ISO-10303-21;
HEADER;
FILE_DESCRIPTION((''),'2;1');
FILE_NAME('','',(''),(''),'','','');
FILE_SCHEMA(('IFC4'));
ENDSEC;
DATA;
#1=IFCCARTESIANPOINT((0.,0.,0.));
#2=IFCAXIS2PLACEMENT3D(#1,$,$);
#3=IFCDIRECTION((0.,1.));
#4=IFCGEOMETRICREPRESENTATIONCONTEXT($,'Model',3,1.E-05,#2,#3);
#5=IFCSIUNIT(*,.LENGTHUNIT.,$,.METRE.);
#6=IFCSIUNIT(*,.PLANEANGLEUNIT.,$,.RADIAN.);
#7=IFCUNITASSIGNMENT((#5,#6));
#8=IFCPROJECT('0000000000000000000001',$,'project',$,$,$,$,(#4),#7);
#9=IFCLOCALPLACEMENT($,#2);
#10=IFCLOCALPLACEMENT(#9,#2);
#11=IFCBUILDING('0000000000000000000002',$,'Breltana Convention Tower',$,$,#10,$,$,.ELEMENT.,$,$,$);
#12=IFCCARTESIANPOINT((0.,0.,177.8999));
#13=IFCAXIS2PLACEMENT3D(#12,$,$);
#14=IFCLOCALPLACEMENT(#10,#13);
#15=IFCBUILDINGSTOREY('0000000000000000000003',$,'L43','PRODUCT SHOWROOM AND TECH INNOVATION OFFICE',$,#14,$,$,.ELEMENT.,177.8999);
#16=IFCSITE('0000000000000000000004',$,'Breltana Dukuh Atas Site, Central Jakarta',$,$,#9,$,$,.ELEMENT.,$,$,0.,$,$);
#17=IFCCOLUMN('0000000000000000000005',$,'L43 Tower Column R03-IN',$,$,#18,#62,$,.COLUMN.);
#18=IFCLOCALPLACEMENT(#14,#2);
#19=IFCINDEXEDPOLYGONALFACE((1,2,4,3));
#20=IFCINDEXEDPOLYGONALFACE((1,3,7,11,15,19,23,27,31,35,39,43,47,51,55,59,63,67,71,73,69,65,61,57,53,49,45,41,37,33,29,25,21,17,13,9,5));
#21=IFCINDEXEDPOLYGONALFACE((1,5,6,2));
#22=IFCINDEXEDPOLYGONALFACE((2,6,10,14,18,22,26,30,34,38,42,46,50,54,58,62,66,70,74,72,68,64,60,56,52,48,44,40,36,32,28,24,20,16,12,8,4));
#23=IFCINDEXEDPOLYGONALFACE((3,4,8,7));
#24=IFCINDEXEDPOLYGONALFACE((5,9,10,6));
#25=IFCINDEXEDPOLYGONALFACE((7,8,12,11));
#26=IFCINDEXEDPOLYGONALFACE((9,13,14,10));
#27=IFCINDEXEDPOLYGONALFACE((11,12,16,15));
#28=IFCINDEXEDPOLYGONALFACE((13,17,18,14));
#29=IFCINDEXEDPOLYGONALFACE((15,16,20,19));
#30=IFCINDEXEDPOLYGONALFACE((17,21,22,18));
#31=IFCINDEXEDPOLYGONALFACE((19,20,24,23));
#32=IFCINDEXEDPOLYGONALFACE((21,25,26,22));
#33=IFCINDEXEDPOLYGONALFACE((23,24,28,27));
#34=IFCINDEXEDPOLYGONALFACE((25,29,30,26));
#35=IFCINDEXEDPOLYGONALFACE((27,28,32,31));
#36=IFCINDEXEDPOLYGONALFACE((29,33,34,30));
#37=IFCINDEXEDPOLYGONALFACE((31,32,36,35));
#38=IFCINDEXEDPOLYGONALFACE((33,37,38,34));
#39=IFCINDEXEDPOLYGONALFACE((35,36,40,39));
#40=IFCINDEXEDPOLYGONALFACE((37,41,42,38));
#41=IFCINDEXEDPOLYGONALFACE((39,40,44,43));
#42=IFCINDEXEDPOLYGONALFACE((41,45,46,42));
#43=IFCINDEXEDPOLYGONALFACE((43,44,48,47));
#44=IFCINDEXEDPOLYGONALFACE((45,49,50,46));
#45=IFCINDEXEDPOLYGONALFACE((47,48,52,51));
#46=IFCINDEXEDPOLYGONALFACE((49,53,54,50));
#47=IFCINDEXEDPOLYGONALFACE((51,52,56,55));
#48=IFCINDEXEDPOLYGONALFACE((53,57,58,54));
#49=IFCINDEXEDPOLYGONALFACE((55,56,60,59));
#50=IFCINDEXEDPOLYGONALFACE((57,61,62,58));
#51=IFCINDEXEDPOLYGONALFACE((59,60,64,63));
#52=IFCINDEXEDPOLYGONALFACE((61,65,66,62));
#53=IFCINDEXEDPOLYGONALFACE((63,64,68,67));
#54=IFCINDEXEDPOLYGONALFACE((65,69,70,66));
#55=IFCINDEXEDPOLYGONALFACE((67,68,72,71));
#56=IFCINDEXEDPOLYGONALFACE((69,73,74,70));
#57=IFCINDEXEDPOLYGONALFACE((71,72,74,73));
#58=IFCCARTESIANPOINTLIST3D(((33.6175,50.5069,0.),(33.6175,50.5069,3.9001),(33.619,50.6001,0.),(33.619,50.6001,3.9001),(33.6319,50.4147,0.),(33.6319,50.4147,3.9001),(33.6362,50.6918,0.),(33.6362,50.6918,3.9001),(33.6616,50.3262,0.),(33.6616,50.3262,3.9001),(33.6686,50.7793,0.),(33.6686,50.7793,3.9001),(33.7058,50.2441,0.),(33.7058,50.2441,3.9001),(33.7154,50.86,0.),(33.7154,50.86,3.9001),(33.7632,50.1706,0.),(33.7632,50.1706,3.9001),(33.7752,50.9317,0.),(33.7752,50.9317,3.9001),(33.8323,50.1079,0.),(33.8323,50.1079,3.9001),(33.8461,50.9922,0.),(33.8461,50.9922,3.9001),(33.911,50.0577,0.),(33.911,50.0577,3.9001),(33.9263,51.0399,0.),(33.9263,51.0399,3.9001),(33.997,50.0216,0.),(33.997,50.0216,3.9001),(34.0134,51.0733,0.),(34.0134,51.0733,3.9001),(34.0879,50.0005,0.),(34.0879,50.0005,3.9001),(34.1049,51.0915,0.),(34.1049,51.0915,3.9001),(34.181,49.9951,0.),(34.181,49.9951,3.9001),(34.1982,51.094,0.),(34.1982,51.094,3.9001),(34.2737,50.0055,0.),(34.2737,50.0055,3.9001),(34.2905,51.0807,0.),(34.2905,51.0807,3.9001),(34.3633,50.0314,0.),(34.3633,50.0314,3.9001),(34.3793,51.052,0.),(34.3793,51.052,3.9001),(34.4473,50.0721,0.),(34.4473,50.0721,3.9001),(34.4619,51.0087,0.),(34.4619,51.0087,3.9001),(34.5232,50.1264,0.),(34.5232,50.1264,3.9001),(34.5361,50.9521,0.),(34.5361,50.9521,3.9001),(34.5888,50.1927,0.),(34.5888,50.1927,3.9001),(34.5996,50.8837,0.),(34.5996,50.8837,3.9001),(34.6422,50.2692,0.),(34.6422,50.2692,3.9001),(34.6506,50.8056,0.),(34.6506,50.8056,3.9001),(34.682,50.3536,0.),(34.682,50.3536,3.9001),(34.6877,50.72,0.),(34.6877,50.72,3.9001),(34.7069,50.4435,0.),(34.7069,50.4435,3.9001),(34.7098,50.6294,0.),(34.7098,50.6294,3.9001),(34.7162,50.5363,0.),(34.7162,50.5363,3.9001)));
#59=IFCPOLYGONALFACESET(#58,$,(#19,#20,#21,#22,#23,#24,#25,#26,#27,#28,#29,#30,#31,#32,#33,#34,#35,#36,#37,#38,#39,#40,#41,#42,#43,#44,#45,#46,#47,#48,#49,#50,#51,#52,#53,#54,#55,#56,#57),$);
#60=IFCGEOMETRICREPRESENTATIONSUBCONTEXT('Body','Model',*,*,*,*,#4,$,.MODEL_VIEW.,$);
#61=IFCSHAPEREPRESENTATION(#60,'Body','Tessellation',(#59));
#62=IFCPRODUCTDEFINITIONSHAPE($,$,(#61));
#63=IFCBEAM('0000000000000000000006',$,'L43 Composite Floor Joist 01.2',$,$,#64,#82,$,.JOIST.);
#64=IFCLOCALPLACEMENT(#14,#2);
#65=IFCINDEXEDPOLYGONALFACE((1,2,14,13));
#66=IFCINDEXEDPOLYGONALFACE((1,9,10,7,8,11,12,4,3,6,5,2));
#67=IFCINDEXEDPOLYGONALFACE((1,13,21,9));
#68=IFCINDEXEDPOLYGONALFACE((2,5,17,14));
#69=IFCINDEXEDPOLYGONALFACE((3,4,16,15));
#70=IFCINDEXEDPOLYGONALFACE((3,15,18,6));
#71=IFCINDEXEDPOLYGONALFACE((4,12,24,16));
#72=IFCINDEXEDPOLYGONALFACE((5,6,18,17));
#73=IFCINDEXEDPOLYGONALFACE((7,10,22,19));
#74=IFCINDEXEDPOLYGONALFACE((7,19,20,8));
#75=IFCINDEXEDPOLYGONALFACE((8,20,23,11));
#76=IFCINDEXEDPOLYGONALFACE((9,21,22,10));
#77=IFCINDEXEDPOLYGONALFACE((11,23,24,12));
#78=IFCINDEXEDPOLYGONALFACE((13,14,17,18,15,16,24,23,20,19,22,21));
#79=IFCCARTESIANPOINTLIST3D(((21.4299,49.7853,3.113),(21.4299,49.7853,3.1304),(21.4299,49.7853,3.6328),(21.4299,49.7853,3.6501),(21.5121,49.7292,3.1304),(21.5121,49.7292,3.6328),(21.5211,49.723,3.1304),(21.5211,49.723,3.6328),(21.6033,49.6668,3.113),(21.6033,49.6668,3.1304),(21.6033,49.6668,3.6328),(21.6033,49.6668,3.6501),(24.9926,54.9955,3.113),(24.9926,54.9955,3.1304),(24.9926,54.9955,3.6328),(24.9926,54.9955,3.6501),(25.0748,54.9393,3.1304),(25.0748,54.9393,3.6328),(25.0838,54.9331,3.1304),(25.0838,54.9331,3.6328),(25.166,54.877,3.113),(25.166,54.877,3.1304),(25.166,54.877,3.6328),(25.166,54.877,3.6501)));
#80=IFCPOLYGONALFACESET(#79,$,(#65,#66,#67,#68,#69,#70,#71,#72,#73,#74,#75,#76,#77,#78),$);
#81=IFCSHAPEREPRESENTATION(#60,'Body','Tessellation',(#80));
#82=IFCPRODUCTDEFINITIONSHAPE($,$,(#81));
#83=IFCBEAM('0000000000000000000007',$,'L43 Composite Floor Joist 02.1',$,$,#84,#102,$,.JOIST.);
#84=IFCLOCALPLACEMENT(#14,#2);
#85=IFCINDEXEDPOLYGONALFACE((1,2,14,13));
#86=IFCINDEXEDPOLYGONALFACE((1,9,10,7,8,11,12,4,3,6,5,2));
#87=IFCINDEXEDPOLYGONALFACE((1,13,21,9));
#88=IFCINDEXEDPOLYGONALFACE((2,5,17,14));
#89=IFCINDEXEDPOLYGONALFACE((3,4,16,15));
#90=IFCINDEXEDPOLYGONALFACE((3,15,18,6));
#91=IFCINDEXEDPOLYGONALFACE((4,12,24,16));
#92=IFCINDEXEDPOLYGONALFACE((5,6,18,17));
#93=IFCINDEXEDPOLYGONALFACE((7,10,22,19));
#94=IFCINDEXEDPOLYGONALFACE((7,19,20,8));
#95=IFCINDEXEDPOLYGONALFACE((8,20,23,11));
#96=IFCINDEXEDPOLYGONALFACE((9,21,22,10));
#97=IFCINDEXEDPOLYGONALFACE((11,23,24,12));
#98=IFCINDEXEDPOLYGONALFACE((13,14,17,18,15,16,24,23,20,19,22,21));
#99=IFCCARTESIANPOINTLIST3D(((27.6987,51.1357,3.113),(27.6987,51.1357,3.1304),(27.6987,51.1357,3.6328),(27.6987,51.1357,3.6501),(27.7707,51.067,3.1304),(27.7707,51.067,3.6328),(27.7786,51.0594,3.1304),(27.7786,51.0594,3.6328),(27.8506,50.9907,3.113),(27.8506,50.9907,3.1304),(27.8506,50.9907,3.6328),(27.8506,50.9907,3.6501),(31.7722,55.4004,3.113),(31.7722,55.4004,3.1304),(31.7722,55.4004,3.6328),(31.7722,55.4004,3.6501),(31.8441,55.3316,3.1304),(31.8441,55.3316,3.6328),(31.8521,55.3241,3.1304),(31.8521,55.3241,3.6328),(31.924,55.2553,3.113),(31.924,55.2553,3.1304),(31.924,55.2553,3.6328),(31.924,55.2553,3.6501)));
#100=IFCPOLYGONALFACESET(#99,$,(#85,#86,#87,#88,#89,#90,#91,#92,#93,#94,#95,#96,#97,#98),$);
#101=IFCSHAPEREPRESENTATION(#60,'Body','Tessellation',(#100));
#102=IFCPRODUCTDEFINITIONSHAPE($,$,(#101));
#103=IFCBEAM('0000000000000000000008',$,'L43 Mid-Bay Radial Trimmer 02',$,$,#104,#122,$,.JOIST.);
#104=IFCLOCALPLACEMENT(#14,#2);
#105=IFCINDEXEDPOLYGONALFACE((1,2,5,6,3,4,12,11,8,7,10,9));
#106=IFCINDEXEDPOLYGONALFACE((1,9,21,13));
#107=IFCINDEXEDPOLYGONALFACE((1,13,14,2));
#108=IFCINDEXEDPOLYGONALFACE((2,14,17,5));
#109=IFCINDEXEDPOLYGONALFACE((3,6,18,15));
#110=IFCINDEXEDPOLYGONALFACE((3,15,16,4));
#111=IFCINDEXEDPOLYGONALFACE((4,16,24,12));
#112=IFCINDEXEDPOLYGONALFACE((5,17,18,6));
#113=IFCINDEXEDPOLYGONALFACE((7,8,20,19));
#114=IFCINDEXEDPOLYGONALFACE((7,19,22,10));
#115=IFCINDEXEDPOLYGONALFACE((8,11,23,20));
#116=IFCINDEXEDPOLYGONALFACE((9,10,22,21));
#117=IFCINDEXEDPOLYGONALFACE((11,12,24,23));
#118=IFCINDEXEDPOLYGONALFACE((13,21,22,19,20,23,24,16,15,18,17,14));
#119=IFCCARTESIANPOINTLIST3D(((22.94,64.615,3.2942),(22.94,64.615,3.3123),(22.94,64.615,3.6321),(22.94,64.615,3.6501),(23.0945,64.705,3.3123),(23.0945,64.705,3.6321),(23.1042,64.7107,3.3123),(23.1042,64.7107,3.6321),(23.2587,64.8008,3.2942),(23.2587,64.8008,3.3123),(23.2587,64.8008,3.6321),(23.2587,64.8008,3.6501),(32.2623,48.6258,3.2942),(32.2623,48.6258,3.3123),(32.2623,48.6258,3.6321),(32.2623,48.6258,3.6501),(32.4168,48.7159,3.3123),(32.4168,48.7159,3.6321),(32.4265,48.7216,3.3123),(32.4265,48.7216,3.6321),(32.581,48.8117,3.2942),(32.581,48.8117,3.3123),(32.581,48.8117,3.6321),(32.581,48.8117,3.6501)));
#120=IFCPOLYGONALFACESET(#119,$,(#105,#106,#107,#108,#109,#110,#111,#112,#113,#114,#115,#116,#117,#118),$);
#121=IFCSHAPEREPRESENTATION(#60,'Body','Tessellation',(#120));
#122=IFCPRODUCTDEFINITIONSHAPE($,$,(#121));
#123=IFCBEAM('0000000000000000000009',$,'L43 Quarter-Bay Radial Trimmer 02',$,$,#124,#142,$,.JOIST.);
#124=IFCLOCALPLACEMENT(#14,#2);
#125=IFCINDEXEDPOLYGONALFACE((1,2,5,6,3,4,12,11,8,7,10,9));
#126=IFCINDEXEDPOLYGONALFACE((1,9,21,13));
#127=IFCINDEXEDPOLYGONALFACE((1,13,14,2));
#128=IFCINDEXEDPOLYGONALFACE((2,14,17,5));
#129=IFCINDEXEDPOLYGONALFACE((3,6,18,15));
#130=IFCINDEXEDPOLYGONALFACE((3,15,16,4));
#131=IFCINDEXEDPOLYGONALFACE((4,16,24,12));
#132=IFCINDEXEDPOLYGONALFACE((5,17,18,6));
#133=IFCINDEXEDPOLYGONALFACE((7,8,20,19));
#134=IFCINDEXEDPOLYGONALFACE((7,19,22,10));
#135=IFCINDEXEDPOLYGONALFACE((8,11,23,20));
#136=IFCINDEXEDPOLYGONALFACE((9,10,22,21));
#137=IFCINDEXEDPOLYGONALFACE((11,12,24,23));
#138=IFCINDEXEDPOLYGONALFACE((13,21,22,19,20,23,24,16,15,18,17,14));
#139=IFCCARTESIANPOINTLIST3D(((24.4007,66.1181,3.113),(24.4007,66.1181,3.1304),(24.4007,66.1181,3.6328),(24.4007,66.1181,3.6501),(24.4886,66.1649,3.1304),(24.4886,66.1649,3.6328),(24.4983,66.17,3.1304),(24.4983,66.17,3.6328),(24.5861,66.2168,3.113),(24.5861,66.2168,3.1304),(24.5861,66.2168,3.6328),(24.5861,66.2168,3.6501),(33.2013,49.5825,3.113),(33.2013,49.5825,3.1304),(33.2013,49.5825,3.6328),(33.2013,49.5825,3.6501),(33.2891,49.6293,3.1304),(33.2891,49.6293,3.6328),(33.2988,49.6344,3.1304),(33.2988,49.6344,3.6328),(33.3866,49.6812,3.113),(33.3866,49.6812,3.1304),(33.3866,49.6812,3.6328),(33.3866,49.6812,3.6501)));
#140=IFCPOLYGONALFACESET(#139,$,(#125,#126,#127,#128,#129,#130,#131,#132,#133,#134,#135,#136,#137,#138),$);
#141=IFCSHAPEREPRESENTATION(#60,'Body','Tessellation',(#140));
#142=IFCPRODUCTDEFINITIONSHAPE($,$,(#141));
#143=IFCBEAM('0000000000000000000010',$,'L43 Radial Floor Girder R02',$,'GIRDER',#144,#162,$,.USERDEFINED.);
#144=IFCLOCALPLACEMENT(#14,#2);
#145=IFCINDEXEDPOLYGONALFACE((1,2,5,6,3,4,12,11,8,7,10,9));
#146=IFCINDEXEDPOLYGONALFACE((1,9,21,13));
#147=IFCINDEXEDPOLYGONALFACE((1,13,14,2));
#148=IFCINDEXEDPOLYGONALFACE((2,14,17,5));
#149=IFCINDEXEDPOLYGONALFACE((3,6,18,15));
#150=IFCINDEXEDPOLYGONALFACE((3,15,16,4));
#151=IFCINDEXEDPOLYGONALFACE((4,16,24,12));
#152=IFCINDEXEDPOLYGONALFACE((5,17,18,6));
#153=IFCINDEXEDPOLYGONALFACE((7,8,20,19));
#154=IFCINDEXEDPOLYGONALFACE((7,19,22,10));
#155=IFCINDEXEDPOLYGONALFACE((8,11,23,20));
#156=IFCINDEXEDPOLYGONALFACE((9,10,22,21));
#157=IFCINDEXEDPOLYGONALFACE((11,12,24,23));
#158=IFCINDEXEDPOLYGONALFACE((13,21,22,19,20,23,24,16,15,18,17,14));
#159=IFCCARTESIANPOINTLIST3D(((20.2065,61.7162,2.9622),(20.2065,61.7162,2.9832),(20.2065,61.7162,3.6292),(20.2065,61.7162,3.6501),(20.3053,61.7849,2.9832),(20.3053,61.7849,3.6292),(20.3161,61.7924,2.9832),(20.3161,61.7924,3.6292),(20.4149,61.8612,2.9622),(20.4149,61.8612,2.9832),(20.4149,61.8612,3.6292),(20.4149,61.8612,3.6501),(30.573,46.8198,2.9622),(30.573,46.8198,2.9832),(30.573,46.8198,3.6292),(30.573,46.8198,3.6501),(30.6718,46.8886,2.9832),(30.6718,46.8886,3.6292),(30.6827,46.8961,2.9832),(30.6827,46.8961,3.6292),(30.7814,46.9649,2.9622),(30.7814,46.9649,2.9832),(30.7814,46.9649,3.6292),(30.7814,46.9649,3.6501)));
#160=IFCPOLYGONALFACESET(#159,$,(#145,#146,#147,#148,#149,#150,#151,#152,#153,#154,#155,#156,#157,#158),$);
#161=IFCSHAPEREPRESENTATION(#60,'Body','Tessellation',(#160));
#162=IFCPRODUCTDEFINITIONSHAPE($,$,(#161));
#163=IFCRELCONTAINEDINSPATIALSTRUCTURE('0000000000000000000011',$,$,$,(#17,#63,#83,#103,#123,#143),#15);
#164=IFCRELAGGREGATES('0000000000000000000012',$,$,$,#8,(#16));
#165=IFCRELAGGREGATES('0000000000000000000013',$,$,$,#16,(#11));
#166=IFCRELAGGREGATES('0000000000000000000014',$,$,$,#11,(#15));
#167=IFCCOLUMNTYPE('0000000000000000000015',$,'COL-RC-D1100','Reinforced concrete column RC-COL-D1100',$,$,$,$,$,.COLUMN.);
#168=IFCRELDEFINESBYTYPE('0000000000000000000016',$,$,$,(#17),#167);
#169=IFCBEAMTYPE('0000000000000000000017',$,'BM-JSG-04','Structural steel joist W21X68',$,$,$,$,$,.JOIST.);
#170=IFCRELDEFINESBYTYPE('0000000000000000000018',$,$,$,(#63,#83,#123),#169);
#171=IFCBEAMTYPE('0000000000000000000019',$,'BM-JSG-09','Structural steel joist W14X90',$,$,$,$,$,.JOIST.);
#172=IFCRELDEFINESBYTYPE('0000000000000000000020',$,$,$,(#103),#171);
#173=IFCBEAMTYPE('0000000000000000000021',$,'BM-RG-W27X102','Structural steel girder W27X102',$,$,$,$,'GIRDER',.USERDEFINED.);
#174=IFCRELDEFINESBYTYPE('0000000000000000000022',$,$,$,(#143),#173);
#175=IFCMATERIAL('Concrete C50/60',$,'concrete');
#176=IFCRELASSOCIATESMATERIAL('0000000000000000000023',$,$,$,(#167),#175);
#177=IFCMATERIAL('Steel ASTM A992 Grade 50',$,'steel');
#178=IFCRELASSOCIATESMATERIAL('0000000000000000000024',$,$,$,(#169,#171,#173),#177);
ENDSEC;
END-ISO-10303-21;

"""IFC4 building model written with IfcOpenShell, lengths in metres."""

from ifc_helpers import new_model, si_unit, direction, frame, origin, origin_2d, place, context, subcontext, project, spatial, circle, i_section, extrude, source, transform, mapped, material, material_profile, profile_set, type_object, element, save


model = new_model("IFC4")

# Units and contexts
model_context = context("Model", 3, precision=1e-05, world=origin(), true_north=direction((0.0, 1.0)))
body_context = subcontext(model_context, "Body", "Model", "MODEL_VIEW")
ifc_project = project(units=[si_unit("LENGTHUNIT", "METRE"), si_unit("PLANEANGLEUNIT", "RADIAN")], contexts=[model_context])

# Site, building, storey
site_placement = place(None, origin())
site = spatial("IfcSite", under=ifc_project, at=site_placement, Name="Breltana Dukuh Atas Site, Central Jakarta", CompositionType="ELEMENT", RefElevation=0.0)
building_placement = place(site_placement, origin())
building = spatial("IfcBuilding", under=site, at=building_placement, Name="Breltana Convention Tower", CompositionType="ELEMENT")
storey_placement = place(building_placement, frame((0.0, 0.0, 177.8999)))
storey = spatial("IfcBuildingStorey", under=building, at=storey_placement, Name="L43", Description="PRODUCT SHOWROOM AND TECH INNOVATION OFFICE", CompositionType="ELEMENT", Elevation=177.8999)

# Column
ifc_material_1 = material(Name="Concrete C50/60", Category="concrete")
ifc_material_profile_1 = material_profile(ifc_material_1, circle(Radius=0.55, at=origin_2d()), Name="RC-COL-D1100")
ifc_profile_set_1 = profile_set([ifc_material_profile_1], Name="Concrete C50/60")
column_type = type_object("IfcColumnType", Name="COL-RC-D1100", Description="Reinforced concrete column RC-COL-D1100", PredefinedType="COLUMN", material=ifc_profile_set_1)
shared_shape_1 = source(origin(), body_context, "Body", "SweptSolid", [
    extrude(circle(Radius=0.55, at=origin_2d()), origin(), (0.0, 0.0, 1.0), 3.9001),
])
for number, where, z_axis, x_axis, name in (
    (1, (34.1663, 50.5449, 0.0), (0.0, 0.0, 1.0), (-0.436174, 0.899863, 0.0), "L43 Tower Column R03-IN"),
):
    element("IfcColumn", number, at=place(storey_placement, frame(where, z_axis=z_axis, x_axis=x_axis)), inside=storey, type_object=column_type, Name=name, PredefinedType="COLUMN", context=body_context, shape_type="MappedRepresentation", body=[
        mapped(shared_shape_1, transform((0.0, 0.0, 0.0), scale=1.0)),
    ])

# Beams
ifc_material_2 = material(Name="Steel ASTM A992 Grade 50", Category="steel")
ifc_material_profile_2 = material_profile(ifc_material_2, i_section(OverallWidth=0.21, OverallDepth=0.5371, WebThickness=0.011, FlangeThickness=0.0173, at=origin_2d()), Name="W21X68")
ifc_profile_set_2 = profile_set([ifc_material_profile_2], Name="Steel ASTM A992 Grade 50")
beam_type_1 = type_object("IfcBeamType", Name="BM-JSG-04", Description="Structural steel joist W21X68", PredefinedType="JOIST", material=ifc_profile_set_2)
shared_shape_2 = source(origin(), body_context, "Body", "SweptSolid", [
    extrude(i_section(OverallWidth=0.21, OverallDepth=0.5371, WebThickness=0.011, FlangeThickness=0.0173, at=origin_2d()), origin(), (0.0, 0.0, 1.0), 6.3118),
])
beam_1_placement = place(storey_placement, frame((21.5166, 49.7261, 3.3816), z_axis=(0.564454, 0.825465, 0.0), x_axis=(-0.825465, 0.564454, 0.0)))
element("IfcBeam", 2, at=beam_1_placement, inside=storey, type_object=beam_type_1, Name="L43 Composite Floor Joist 01.2", PredefinedType="JOIST", context=body_context, shape_type="MappedRepresentation", body=[
    mapped(shared_shape_2, transform((0.0, 0.0, 0.0), scale=1.0)),
])
shared_shape_3 = source(origin(), body_context, "Body", "SweptSolid", [
    extrude(i_section(OverallWidth=0.21, OverallDepth=0.5371, WebThickness=0.011, FlangeThickness=0.0173, at=origin_2d()), origin(), (0.0, 0.0, 1.0), 5.8975),
])
beam_2_placement = place(storey_placement, frame((27.7747, 51.0632, 3.3816), z_axis=(0.690714, 0.723128, 0.0), x_axis=(-0.723128, 0.690714, 0.0)))
element("IfcBeam", 3, at=beam_2_placement, inside=storey, type_object=beam_type_1, Name="L43 Composite Floor Joist 02.1", PredefinedType="JOIST", context=body_context, shape_type="MappedRepresentation", body=[
    mapped(shared_shape_3, transform((0.0, 0.0, 0.0), scale=1.0)),
])
ifc_material_profile_3 = material_profile(ifc_material_2, i_section(OverallWidth=0.3689, OverallDepth=0.356, WebThickness=0.0112, FlangeThickness=0.0181, at=origin_2d()), Name="W14X90")
ifc_profile_set_3 = profile_set([ifc_material_profile_3], Name="Steel ASTM A992 Grade 50")
beam_type_2 = type_object("IfcBeamType", Name="BM-JSG-09", Description="Structural steel joist W14X90", PredefinedType="JOIST", material=ifc_profile_set_3)
shared_shape_4 = source(origin(), body_context, "Body", "SweptSolid", [
    extrude(i_section(OverallWidth=0.3689, OverallDepth=0.356, WebThickness=0.0112, FlangeThickness=0.0181, at=origin_2d()), origin(), (0.0, 0.0, 1.0), 18.5083),
])
beam_3_placement = place(storey_placement, frame((32.4216, 48.7188, 3.4722), z_axis=(-0.503683, 0.863888, 0.0), x_axis=(-0.863888, -0.503683, 0.0)))
element("IfcBeam", 4, at=beam_3_placement, inside=storey, type_object=beam_type_2, Name="L43 Mid-Bay Radial Trimmer 02", PredefinedType="JOIST", context=body_context, shape_type="MappedRepresentation", body=[
    mapped(shared_shape_4, transform((0.0, 0.0, 0.0), scale=1.0)),
])
shared_shape_5 = source(origin(), body_context, "Body", "SweptSolid", [
    extrude(i_section(OverallWidth=0.21, OverallDepth=0.5371, WebThickness=0.011, FlangeThickness=0.0173, at=origin_2d()), origin(), (0.0, 0.0, 1.0), 18.7317),
])
beam_4_placement = place(storey_placement, frame((33.2939, 49.6318, 3.3816), z_axis=(-0.46982, 0.882762, 0.0), x_axis=(-0.882762, -0.46982, 0.0)))
element("IfcBeam", 5, at=beam_4_placement, inside=storey, type_object=beam_type_1, Name="L43 Quarter-Bay Radial Trimmer 02", PredefinedType="JOIST", context=body_context, shape_type="MappedRepresentation", body=[
    mapped(shared_shape_5, transform((0.0, 0.0, 0.0), scale=1.0)),
])
ifc_material_profile_4 = material_profile(ifc_material_2, i_section(OverallWidth=0.2539, OverallDepth=0.688, WebThickness=0.0132, FlangeThickness=0.021, at=origin_2d()), Name="W27X102")
ifc_profile_set_4 = profile_set([ifc_material_profile_4], Name="Steel ASTM A992 Grade 50")
beam_type_3 = type_object("IfcBeamType", Name="BM-RG-W27X102", Description="Structural steel girder W27X102", ElementType="GIRDER", PredefinedType="USERDEFINED", material=ifc_profile_set_4)
shared_shape_6 = source(origin(), body_context, "Body", "SweptSolid", [
    extrude(i_section(OverallWidth=0.2539, OverallDepth=0.688, WebThickness=0.0132, FlangeThickness=0.021, at=origin_2d()), origin(), (0.0, 0.0, 1.0), 18.1484),
])
beam_5_placement = place(storey_placement, frame((30.6772, 46.8923, 3.3062), z_axis=(-0.571208, 0.820806, 0.0), x_axis=(-0.820806, -0.571208, 0.0)))
element("IfcBeam", 6, at=beam_5_placement, inside=storey, type_object=beam_type_3, Name="L43 Radial Floor Girder R02", ObjectType="GIRDER", PredefinedType="USERDEFINED", context=body_context, shape_type="MappedRepresentation", body=[
    mapped(shared_shape_6, transform((0.0, 0.0, 0.0), scale=1.0)),
])

save(model, "model.ifc")
